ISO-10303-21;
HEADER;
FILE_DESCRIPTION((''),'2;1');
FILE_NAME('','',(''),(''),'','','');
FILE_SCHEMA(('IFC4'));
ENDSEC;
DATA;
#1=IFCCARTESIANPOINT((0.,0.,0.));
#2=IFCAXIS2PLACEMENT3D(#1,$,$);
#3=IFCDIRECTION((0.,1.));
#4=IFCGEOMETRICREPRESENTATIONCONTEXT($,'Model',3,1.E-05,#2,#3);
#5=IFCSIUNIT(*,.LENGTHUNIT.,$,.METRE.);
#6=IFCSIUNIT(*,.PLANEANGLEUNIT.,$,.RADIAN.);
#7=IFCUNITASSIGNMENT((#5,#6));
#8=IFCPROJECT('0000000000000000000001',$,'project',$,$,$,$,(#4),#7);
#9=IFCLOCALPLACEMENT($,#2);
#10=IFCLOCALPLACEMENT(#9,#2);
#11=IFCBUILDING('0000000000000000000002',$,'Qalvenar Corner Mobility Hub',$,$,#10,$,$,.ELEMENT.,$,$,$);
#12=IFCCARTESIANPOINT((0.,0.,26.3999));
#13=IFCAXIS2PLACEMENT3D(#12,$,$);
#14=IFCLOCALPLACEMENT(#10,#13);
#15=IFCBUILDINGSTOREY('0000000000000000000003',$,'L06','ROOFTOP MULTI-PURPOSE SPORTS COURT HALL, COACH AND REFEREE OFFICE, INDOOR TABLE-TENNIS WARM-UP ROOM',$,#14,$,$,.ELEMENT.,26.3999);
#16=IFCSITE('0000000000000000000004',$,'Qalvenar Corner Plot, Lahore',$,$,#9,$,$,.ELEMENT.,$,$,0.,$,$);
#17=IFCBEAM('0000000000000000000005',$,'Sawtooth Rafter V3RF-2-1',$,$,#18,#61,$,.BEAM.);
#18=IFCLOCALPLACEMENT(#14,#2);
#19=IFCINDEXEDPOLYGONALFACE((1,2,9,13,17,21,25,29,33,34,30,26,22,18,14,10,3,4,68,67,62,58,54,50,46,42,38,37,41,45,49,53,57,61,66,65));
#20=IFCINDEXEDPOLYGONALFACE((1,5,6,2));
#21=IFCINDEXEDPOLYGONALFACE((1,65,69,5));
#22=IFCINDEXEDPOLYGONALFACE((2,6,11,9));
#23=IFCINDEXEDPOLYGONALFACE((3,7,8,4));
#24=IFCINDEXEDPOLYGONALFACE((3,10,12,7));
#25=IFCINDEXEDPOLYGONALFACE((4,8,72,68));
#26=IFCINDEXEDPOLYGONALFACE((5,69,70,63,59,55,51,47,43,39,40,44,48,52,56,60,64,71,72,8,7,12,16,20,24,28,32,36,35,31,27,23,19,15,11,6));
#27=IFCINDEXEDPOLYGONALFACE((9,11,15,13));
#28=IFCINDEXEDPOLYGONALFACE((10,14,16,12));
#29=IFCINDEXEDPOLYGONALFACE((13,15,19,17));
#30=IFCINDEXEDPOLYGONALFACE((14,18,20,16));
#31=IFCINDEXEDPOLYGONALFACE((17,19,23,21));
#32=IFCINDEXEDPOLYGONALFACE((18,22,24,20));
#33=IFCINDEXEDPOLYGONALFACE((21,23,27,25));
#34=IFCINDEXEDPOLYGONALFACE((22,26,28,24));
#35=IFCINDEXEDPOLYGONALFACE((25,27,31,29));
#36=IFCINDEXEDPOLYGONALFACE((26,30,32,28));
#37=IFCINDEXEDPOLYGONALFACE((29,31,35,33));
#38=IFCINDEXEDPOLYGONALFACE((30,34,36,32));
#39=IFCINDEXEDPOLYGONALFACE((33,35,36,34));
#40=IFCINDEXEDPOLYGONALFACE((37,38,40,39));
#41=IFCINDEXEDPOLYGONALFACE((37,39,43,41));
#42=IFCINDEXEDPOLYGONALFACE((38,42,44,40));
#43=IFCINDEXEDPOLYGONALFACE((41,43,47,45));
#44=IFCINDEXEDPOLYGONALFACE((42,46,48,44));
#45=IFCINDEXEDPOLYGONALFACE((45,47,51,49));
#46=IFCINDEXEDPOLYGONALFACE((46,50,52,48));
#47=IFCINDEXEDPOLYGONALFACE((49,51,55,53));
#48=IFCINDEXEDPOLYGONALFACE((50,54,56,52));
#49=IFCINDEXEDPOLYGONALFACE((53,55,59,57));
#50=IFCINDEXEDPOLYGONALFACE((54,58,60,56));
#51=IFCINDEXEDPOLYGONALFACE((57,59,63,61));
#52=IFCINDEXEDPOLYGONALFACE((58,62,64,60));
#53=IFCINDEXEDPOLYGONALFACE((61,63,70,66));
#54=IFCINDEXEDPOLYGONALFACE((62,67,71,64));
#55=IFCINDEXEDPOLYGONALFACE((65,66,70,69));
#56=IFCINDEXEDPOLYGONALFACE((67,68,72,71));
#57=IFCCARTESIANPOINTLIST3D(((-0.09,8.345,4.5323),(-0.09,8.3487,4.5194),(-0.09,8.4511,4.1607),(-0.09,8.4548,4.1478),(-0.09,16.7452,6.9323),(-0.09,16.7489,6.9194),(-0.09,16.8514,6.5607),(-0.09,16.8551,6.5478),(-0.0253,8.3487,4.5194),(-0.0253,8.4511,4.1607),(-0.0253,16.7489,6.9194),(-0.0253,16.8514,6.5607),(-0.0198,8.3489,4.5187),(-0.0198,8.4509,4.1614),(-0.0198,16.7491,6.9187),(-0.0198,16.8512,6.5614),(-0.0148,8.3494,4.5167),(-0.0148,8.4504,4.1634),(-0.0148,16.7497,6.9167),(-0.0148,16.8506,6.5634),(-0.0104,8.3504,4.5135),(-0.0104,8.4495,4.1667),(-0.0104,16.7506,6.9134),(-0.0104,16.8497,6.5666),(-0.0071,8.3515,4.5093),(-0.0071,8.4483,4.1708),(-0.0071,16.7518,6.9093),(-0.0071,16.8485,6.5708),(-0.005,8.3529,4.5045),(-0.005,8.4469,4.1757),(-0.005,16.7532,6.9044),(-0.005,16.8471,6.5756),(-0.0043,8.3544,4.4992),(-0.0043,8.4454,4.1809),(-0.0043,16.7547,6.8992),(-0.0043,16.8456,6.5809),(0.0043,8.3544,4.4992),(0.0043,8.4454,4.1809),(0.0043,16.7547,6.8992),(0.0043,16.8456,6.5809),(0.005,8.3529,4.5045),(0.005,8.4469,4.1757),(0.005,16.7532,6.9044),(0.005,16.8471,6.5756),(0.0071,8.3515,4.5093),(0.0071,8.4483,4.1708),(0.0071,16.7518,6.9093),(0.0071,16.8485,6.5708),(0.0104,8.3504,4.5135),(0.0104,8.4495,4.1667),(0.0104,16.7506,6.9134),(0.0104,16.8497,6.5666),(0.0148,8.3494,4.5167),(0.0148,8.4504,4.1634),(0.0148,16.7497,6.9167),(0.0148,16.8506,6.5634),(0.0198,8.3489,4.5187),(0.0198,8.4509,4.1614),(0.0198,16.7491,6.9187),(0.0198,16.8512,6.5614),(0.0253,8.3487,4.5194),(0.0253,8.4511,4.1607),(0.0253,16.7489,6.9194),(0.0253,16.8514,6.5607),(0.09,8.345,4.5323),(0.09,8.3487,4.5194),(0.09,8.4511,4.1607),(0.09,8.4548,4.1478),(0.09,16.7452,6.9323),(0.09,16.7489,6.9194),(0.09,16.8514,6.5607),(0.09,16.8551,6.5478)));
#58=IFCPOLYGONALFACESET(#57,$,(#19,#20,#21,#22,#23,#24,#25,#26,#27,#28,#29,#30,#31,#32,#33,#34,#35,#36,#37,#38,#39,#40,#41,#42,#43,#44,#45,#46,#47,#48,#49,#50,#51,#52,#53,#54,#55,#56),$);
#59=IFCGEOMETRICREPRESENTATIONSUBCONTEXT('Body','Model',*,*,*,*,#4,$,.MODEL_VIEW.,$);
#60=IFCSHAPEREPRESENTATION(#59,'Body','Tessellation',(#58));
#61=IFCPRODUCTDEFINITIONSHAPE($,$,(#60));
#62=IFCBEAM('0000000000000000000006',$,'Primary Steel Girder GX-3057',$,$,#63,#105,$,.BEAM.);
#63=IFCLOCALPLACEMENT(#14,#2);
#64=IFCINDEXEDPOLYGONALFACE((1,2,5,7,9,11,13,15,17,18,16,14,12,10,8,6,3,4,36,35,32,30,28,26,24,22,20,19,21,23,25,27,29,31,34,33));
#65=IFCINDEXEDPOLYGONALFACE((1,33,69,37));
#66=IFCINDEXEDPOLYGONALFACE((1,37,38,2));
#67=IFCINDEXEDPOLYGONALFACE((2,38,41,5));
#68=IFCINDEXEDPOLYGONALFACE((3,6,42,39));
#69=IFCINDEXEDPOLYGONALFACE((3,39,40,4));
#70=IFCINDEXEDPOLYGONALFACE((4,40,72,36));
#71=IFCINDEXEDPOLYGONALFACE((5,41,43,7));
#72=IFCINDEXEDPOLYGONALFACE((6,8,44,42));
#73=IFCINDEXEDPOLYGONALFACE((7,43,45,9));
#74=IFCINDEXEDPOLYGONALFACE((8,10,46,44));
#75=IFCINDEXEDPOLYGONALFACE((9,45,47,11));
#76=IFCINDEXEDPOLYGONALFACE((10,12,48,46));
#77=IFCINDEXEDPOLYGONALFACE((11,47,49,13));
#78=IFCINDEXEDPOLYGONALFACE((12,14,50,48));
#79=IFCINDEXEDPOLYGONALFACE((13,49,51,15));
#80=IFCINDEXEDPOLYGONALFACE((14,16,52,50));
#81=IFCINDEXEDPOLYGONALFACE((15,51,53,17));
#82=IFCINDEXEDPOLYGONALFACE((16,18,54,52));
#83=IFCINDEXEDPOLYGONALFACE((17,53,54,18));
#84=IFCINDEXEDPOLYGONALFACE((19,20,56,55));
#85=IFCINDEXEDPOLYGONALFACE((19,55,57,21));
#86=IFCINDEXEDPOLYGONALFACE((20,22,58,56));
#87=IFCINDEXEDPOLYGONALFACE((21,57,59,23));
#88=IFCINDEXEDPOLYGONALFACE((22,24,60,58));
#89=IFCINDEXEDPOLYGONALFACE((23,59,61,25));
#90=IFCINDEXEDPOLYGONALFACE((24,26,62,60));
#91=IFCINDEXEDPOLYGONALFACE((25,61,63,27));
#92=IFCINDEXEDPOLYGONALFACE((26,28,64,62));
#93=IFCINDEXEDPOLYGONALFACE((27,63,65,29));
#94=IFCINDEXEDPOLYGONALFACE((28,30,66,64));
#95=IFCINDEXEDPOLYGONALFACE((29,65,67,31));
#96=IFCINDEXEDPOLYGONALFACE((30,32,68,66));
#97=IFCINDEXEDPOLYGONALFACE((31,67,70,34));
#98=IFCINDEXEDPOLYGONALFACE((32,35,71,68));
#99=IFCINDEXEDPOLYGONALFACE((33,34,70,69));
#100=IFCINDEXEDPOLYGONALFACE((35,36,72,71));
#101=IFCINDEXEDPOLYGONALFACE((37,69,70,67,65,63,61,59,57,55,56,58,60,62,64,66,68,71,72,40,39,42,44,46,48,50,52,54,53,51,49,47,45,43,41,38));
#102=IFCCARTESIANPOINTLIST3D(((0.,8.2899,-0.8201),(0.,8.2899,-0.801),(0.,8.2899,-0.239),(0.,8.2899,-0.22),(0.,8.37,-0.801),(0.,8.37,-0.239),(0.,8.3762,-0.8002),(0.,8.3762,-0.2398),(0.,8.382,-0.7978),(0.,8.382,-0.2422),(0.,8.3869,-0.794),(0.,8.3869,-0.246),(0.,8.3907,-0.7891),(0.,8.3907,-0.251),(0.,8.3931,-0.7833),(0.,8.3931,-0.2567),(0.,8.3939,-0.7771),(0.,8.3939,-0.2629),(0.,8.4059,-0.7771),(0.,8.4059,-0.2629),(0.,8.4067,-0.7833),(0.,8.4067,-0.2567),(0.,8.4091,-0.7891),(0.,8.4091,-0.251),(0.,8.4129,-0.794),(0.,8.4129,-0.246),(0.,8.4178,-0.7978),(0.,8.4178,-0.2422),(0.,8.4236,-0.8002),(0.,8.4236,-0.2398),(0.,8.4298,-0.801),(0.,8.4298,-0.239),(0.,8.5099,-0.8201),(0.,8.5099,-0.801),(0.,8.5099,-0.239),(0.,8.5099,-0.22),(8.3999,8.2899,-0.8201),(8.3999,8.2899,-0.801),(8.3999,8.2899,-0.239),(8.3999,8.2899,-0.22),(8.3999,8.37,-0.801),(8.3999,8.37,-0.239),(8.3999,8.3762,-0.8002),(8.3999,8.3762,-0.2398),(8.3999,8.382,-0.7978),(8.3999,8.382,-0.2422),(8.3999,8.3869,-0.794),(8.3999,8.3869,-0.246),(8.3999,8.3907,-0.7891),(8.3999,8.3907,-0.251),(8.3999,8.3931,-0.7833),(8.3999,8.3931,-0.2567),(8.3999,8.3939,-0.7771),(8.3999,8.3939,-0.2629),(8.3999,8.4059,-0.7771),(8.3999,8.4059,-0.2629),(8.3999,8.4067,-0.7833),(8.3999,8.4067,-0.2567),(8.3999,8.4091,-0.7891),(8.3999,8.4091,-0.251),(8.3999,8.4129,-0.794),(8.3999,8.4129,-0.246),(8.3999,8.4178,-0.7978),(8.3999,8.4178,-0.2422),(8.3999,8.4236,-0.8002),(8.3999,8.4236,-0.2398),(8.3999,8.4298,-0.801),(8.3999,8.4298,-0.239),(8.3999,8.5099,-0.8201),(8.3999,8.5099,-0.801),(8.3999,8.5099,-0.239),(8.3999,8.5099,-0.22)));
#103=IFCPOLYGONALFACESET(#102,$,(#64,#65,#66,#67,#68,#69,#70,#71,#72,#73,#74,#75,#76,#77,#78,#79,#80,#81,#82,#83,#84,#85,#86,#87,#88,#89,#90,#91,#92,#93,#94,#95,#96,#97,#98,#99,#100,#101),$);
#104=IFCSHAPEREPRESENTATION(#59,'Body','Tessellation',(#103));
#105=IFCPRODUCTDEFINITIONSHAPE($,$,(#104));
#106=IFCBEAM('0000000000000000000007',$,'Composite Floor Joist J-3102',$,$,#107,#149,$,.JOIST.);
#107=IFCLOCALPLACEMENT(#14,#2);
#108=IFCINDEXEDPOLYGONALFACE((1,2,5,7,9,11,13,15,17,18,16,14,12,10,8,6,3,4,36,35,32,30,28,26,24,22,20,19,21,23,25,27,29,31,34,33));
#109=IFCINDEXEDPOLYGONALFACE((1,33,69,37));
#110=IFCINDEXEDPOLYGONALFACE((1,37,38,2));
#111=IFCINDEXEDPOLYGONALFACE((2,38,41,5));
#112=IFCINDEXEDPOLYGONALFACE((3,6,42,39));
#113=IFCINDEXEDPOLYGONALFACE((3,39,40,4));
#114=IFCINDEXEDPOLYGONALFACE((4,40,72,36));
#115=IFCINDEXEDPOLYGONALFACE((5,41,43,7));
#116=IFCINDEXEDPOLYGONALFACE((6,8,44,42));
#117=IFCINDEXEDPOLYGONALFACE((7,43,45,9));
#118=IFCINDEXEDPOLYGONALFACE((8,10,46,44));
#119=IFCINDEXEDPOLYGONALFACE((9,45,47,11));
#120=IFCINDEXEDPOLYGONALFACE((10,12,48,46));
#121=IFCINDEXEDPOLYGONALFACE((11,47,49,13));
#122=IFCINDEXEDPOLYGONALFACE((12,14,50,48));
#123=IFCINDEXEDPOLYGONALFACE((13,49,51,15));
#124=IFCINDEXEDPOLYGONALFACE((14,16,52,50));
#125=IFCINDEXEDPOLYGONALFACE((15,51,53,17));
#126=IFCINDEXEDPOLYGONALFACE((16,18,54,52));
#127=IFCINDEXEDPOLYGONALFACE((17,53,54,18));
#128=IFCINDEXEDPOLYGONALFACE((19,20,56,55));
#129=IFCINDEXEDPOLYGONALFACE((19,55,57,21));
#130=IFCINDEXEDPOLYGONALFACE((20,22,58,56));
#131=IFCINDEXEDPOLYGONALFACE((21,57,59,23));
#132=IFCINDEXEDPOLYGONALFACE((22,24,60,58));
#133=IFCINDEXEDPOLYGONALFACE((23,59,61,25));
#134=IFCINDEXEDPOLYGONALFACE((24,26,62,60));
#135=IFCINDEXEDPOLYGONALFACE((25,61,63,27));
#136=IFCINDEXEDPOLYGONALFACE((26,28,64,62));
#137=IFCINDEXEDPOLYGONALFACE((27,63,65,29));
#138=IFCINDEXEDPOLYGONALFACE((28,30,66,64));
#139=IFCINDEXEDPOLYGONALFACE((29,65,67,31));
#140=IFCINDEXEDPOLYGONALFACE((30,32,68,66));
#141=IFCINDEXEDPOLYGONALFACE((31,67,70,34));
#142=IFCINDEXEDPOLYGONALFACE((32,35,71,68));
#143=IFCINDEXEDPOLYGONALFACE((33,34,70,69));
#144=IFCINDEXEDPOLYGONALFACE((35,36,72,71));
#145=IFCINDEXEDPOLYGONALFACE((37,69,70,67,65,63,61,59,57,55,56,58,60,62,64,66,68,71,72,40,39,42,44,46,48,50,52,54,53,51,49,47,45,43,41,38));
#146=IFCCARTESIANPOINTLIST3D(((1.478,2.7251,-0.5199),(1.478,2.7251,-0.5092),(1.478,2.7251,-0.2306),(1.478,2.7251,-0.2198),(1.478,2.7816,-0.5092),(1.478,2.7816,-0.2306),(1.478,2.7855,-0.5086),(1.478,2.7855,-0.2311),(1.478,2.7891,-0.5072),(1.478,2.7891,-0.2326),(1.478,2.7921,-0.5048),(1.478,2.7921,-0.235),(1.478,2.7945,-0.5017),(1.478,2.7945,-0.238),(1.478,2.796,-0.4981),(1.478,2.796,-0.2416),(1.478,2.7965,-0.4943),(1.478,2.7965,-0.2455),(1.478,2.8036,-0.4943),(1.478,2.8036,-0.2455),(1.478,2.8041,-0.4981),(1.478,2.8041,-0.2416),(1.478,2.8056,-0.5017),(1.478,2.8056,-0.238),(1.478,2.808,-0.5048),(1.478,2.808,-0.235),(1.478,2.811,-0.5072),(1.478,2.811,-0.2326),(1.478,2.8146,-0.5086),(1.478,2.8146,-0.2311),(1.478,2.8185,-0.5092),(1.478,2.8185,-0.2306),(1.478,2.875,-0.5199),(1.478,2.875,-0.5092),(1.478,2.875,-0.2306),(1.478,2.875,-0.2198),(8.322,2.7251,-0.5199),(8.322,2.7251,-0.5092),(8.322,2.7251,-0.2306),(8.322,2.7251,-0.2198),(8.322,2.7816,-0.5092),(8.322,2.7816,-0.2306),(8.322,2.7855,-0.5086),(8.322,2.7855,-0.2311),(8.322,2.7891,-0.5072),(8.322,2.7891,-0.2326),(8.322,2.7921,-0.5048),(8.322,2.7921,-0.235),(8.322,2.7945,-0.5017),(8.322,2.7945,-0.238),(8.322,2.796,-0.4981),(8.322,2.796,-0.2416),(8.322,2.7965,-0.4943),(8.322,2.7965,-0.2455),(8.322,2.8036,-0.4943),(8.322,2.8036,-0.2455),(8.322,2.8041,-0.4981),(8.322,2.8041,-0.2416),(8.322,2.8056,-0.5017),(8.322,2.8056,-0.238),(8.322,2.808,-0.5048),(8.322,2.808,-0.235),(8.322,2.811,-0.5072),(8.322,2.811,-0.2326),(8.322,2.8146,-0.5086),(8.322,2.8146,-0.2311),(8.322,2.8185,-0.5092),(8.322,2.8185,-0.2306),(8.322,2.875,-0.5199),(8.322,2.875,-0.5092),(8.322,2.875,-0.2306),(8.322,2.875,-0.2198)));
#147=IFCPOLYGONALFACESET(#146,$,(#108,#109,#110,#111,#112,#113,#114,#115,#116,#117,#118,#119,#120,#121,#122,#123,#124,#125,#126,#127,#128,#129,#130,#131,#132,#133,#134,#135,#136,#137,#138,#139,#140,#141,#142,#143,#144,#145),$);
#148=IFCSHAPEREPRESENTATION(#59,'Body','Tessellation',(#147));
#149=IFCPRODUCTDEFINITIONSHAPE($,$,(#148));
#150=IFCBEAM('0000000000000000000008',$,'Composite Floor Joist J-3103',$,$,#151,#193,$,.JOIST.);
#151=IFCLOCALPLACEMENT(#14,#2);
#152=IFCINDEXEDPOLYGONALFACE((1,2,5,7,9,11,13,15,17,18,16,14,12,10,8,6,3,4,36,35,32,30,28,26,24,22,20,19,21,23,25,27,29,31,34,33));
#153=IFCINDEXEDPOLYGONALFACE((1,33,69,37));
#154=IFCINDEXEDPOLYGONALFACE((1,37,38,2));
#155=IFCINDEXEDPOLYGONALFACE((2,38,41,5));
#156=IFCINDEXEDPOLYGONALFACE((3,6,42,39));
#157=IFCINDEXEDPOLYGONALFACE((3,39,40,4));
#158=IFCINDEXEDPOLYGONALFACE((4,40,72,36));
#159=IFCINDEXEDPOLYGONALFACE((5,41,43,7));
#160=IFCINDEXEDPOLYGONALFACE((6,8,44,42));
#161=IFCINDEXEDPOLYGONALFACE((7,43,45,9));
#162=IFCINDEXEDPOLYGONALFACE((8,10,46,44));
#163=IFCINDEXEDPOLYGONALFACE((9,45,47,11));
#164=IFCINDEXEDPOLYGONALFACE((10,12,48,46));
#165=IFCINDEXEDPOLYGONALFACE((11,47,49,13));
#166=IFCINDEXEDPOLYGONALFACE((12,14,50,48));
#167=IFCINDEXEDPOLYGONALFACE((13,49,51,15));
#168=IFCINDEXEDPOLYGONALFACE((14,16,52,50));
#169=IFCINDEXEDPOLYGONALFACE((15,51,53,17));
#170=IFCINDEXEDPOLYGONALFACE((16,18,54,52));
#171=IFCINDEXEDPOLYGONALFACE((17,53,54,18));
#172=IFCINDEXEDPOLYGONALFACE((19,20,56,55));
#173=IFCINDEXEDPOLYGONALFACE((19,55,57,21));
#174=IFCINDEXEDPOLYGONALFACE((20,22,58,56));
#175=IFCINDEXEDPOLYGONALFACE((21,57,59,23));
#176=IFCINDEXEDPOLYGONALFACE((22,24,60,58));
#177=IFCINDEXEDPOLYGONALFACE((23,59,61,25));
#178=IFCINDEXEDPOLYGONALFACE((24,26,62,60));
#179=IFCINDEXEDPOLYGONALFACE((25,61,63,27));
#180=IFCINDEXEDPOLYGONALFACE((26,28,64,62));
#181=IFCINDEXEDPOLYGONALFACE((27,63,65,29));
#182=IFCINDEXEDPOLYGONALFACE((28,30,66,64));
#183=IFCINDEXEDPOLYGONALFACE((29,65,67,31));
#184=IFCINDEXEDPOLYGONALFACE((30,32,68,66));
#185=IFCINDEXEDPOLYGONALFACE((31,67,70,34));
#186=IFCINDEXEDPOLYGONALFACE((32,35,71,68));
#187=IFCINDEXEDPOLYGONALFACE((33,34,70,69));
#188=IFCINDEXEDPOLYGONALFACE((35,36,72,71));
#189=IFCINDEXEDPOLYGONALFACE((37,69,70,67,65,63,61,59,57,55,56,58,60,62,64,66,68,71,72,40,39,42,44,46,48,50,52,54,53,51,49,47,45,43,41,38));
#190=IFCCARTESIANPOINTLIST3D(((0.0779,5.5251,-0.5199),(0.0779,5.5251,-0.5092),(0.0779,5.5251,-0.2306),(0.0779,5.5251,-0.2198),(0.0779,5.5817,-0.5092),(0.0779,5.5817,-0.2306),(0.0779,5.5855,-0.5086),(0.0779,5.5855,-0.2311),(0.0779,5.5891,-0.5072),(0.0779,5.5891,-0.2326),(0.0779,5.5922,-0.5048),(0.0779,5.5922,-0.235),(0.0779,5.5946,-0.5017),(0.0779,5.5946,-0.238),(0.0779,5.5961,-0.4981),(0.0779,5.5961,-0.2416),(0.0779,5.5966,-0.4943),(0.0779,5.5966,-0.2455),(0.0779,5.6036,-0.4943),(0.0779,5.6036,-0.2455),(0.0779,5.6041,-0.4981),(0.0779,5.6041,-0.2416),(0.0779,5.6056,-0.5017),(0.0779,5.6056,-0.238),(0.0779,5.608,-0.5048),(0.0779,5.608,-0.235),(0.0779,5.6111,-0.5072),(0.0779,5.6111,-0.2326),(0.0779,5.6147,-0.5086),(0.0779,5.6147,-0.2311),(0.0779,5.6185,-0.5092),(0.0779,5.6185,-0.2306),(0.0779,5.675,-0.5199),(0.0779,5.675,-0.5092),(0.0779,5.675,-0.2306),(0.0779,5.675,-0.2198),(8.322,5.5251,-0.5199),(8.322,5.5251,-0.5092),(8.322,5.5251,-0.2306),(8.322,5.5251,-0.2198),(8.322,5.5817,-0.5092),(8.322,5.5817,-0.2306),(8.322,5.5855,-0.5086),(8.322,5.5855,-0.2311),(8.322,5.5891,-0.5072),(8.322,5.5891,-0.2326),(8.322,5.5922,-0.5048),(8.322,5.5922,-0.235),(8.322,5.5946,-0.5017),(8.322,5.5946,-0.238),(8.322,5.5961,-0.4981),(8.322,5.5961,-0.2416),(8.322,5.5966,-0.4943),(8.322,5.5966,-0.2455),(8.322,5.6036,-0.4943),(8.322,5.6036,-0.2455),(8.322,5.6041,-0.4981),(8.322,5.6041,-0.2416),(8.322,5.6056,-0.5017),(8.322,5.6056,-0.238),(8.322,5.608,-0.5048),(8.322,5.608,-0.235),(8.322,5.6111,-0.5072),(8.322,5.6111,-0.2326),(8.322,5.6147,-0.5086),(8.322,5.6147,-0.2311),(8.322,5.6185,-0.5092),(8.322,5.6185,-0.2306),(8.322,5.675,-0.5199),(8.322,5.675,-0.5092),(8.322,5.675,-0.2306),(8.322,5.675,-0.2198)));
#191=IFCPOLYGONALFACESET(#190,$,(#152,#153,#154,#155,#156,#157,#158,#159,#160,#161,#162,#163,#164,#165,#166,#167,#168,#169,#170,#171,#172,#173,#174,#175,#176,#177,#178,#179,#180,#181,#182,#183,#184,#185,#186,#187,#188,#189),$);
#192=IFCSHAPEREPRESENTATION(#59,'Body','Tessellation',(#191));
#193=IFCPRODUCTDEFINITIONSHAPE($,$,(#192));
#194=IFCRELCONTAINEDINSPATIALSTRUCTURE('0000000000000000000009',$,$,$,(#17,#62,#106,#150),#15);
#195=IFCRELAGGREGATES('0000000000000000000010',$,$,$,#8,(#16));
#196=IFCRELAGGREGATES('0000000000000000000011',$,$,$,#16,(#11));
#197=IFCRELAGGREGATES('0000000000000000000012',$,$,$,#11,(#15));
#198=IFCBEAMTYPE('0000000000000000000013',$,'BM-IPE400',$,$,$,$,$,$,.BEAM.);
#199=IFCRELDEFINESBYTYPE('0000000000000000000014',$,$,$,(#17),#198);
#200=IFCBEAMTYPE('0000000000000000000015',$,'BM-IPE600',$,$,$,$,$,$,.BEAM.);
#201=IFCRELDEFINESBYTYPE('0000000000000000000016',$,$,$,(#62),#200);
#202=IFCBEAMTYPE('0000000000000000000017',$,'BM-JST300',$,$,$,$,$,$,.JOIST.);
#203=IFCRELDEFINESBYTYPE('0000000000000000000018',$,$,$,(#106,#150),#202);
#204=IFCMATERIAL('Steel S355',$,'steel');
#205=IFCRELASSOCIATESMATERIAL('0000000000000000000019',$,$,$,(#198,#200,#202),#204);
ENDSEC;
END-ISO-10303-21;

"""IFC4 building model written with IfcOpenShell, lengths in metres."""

from ifc_helpers import new_model, si_unit, direction, frame, origin, origin_2d, place, context, subcontext, project, spatial, i_section, extrude, material, material_profile, profile_set, type_object, element, save


model = new_model("IFC4")

# Units and contexts
model_context = context("Model", 3, precision=1e-05, world=origin(), true_north=direction((0.0, 1.0)))
body_context = subcontext(model_context, "Body", "Model", "MODEL_VIEW")
ifc_project = project(units=[si_unit("LENGTHUNIT", "METRE"), si_unit("PLANEANGLEUNIT", "RADIAN")], contexts=[model_context])

# Site, building, storey
site_placement = place(None, origin())
site = spatial("IfcSite", under=ifc_project, at=site_placement, Name="Qalvenar Corner Plot, Lahore", CompositionType="ELEMENT", RefElevation=0.0)
building_placement = place(site_placement, origin())
building = spatial("IfcBuilding", under=site, at=building_placement, Name="Qalvenar Corner Mobility Hub", CompositionType="ELEMENT")
storey_placement = place(building_placement, frame((0.0, 0.0, 26.3999)))
storey = spatial("IfcBuildingStorey", under=building, at=storey_placement, Name="L06", Description="ROOFTOP MULTI-PURPOSE SPORTS COURT HALL, COACH AND REFEREE OFFICE, INDOOR TABLE-TENNIS WARM-UP ROOM", CompositionType="ELEMENT", Elevation=26.3999)

# Shared definitions
ifc_material_1 = material(Name="Steel S355", Category="steel")

# Beams
ifc_material_profile_1 = material_profile(ifc_material_1, i_section(OverallWidth=0.1799, OverallDepth=0.3999, WebThickness=0.0085, FlangeThickness=0.0134, FilletRadius=0.021, at=origin_2d()), Name="IPE400")
ifc_profile_set_1 = profile_set([ifc_material_profile_1], Name="Steel S355")
beam_type_1 = type_object("IfcBeamType", Name="BM-IPE400", PredefinedType="BEAM", material=ifc_profile_set_1)
beam_1_placement = place(storey_placement, frame((0.0, 8.3999, 4.3401), z_axis=(0.0, 0.961528, 0.274706), x_axis=(-1.0, 0.0, 0.0)))
element("IfcBeam", 1, at=beam_1_placement, inside=storey, type_object=beam_type_1, Name="Sawtooth Rafter V3RF-2-1", PredefinedType="BEAM", context=body_context, shape_type="SweptSolid", body=[
    extrude(i_section(OverallWidth=0.1799, OverallDepth=0.3999, WebThickness=0.0085, FlangeThickness=0.0134, FilletRadius=0.021, at=origin_2d()), origin(), (0.0, 0.0, 1.0), 8.7363),
])
ifc_material_profile_2 = material_profile(ifc_material_1, i_section(OverallWidth=0.22, OverallDepth=0.6001, WebThickness=0.012, FlangeThickness=0.019, FilletRadius=0.0239, at=origin_2d()), Name="IPE600")
ifc_profile_set_2 = profile_set([ifc_material_profile_2], Name="Steel S355")
beam_type_2 = type_object("IfcBeamType", Name="BM-IPE600", PredefinedType="BEAM", material=ifc_profile_set_2)
beam_2_placement = place(storey_placement, frame((0.0, 8.3999, -0.52), z_axis=(1.0, 0.0, 0.0), x_axis=(0.0, 1.0, 0.0)))
element("IfcBeam", 2, at=beam_2_placement, inside=storey, type_object=beam_type_2, Name="Primary Steel Girder GX-3057", PredefinedType="BEAM", context=body_context, shape_type="SweptSolid", body=[
    extrude(i_section(OverallWidth=0.22, OverallDepth=0.6001, WebThickness=0.012, FlangeThickness=0.019, FilletRadius=0.0239, at=origin_2d()), origin(), (0.0, 0.0, 1.0), 8.3999),
])
ifc_material_profile_3 = material_profile(ifc_material_1, i_section(OverallWidth=0.1499, OverallDepth=0.3, WebThickness=0.0071, FlangeThickness=0.0107, FilletRadius=0.0149, at=origin_2d()), Name="IPE300")
ifc_profile_set_3 = profile_set([ifc_material_profile_3], Name="Steel S355")
beam_type_3 = type_object("IfcBeamType", Name="BM-JST300", PredefinedType="JOIST", material=ifc_profile_set_3)
beam_3_placement = place(storey_placement, frame((1.478, 2.8, -0.3699), z_axis=(1.0, 0.0, 0.0), x_axis=(0.0, 1.0, 0.0)))
element("IfcBeam", 3, at=beam_3_placement, inside=storey, type_object=beam_type_3, Name="Composite Floor Joist J-3102", PredefinedType="JOIST", context=body_context, shape_type="SweptSolid", body=[
    extrude(i_section(OverallWidth=0.1499, OverallDepth=0.3, WebThickness=0.0071, FlangeThickness=0.0107, FilletRadius=0.0149, at=origin_2d()), origin(), (0.0, 0.0, 1.0), 6.844),
])
beam_4_placement = place(storey_placement, frame((0.0779, 5.6001, -0.3699), z_axis=(1.0, 0.0, 0.0), x_axis=(0.0, 1.0, 0.0)))
element("IfcBeam", 4, at=beam_4_placement, inside=storey, type_object=beam_type_3, Name="Composite Floor Joist J-3103", PredefinedType="JOIST", context=body_context, shape_type="SweptSolid", body=[
    extrude(i_section(OverallWidth=0.1499, OverallDepth=0.3, WebThickness=0.0071, FlangeThickness=0.0107, FilletRadius=0.0149, at=origin_2d()), origin(), (0.0, 0.0, 1.0), 8.2441),
])

save(model, "model.ifc")
